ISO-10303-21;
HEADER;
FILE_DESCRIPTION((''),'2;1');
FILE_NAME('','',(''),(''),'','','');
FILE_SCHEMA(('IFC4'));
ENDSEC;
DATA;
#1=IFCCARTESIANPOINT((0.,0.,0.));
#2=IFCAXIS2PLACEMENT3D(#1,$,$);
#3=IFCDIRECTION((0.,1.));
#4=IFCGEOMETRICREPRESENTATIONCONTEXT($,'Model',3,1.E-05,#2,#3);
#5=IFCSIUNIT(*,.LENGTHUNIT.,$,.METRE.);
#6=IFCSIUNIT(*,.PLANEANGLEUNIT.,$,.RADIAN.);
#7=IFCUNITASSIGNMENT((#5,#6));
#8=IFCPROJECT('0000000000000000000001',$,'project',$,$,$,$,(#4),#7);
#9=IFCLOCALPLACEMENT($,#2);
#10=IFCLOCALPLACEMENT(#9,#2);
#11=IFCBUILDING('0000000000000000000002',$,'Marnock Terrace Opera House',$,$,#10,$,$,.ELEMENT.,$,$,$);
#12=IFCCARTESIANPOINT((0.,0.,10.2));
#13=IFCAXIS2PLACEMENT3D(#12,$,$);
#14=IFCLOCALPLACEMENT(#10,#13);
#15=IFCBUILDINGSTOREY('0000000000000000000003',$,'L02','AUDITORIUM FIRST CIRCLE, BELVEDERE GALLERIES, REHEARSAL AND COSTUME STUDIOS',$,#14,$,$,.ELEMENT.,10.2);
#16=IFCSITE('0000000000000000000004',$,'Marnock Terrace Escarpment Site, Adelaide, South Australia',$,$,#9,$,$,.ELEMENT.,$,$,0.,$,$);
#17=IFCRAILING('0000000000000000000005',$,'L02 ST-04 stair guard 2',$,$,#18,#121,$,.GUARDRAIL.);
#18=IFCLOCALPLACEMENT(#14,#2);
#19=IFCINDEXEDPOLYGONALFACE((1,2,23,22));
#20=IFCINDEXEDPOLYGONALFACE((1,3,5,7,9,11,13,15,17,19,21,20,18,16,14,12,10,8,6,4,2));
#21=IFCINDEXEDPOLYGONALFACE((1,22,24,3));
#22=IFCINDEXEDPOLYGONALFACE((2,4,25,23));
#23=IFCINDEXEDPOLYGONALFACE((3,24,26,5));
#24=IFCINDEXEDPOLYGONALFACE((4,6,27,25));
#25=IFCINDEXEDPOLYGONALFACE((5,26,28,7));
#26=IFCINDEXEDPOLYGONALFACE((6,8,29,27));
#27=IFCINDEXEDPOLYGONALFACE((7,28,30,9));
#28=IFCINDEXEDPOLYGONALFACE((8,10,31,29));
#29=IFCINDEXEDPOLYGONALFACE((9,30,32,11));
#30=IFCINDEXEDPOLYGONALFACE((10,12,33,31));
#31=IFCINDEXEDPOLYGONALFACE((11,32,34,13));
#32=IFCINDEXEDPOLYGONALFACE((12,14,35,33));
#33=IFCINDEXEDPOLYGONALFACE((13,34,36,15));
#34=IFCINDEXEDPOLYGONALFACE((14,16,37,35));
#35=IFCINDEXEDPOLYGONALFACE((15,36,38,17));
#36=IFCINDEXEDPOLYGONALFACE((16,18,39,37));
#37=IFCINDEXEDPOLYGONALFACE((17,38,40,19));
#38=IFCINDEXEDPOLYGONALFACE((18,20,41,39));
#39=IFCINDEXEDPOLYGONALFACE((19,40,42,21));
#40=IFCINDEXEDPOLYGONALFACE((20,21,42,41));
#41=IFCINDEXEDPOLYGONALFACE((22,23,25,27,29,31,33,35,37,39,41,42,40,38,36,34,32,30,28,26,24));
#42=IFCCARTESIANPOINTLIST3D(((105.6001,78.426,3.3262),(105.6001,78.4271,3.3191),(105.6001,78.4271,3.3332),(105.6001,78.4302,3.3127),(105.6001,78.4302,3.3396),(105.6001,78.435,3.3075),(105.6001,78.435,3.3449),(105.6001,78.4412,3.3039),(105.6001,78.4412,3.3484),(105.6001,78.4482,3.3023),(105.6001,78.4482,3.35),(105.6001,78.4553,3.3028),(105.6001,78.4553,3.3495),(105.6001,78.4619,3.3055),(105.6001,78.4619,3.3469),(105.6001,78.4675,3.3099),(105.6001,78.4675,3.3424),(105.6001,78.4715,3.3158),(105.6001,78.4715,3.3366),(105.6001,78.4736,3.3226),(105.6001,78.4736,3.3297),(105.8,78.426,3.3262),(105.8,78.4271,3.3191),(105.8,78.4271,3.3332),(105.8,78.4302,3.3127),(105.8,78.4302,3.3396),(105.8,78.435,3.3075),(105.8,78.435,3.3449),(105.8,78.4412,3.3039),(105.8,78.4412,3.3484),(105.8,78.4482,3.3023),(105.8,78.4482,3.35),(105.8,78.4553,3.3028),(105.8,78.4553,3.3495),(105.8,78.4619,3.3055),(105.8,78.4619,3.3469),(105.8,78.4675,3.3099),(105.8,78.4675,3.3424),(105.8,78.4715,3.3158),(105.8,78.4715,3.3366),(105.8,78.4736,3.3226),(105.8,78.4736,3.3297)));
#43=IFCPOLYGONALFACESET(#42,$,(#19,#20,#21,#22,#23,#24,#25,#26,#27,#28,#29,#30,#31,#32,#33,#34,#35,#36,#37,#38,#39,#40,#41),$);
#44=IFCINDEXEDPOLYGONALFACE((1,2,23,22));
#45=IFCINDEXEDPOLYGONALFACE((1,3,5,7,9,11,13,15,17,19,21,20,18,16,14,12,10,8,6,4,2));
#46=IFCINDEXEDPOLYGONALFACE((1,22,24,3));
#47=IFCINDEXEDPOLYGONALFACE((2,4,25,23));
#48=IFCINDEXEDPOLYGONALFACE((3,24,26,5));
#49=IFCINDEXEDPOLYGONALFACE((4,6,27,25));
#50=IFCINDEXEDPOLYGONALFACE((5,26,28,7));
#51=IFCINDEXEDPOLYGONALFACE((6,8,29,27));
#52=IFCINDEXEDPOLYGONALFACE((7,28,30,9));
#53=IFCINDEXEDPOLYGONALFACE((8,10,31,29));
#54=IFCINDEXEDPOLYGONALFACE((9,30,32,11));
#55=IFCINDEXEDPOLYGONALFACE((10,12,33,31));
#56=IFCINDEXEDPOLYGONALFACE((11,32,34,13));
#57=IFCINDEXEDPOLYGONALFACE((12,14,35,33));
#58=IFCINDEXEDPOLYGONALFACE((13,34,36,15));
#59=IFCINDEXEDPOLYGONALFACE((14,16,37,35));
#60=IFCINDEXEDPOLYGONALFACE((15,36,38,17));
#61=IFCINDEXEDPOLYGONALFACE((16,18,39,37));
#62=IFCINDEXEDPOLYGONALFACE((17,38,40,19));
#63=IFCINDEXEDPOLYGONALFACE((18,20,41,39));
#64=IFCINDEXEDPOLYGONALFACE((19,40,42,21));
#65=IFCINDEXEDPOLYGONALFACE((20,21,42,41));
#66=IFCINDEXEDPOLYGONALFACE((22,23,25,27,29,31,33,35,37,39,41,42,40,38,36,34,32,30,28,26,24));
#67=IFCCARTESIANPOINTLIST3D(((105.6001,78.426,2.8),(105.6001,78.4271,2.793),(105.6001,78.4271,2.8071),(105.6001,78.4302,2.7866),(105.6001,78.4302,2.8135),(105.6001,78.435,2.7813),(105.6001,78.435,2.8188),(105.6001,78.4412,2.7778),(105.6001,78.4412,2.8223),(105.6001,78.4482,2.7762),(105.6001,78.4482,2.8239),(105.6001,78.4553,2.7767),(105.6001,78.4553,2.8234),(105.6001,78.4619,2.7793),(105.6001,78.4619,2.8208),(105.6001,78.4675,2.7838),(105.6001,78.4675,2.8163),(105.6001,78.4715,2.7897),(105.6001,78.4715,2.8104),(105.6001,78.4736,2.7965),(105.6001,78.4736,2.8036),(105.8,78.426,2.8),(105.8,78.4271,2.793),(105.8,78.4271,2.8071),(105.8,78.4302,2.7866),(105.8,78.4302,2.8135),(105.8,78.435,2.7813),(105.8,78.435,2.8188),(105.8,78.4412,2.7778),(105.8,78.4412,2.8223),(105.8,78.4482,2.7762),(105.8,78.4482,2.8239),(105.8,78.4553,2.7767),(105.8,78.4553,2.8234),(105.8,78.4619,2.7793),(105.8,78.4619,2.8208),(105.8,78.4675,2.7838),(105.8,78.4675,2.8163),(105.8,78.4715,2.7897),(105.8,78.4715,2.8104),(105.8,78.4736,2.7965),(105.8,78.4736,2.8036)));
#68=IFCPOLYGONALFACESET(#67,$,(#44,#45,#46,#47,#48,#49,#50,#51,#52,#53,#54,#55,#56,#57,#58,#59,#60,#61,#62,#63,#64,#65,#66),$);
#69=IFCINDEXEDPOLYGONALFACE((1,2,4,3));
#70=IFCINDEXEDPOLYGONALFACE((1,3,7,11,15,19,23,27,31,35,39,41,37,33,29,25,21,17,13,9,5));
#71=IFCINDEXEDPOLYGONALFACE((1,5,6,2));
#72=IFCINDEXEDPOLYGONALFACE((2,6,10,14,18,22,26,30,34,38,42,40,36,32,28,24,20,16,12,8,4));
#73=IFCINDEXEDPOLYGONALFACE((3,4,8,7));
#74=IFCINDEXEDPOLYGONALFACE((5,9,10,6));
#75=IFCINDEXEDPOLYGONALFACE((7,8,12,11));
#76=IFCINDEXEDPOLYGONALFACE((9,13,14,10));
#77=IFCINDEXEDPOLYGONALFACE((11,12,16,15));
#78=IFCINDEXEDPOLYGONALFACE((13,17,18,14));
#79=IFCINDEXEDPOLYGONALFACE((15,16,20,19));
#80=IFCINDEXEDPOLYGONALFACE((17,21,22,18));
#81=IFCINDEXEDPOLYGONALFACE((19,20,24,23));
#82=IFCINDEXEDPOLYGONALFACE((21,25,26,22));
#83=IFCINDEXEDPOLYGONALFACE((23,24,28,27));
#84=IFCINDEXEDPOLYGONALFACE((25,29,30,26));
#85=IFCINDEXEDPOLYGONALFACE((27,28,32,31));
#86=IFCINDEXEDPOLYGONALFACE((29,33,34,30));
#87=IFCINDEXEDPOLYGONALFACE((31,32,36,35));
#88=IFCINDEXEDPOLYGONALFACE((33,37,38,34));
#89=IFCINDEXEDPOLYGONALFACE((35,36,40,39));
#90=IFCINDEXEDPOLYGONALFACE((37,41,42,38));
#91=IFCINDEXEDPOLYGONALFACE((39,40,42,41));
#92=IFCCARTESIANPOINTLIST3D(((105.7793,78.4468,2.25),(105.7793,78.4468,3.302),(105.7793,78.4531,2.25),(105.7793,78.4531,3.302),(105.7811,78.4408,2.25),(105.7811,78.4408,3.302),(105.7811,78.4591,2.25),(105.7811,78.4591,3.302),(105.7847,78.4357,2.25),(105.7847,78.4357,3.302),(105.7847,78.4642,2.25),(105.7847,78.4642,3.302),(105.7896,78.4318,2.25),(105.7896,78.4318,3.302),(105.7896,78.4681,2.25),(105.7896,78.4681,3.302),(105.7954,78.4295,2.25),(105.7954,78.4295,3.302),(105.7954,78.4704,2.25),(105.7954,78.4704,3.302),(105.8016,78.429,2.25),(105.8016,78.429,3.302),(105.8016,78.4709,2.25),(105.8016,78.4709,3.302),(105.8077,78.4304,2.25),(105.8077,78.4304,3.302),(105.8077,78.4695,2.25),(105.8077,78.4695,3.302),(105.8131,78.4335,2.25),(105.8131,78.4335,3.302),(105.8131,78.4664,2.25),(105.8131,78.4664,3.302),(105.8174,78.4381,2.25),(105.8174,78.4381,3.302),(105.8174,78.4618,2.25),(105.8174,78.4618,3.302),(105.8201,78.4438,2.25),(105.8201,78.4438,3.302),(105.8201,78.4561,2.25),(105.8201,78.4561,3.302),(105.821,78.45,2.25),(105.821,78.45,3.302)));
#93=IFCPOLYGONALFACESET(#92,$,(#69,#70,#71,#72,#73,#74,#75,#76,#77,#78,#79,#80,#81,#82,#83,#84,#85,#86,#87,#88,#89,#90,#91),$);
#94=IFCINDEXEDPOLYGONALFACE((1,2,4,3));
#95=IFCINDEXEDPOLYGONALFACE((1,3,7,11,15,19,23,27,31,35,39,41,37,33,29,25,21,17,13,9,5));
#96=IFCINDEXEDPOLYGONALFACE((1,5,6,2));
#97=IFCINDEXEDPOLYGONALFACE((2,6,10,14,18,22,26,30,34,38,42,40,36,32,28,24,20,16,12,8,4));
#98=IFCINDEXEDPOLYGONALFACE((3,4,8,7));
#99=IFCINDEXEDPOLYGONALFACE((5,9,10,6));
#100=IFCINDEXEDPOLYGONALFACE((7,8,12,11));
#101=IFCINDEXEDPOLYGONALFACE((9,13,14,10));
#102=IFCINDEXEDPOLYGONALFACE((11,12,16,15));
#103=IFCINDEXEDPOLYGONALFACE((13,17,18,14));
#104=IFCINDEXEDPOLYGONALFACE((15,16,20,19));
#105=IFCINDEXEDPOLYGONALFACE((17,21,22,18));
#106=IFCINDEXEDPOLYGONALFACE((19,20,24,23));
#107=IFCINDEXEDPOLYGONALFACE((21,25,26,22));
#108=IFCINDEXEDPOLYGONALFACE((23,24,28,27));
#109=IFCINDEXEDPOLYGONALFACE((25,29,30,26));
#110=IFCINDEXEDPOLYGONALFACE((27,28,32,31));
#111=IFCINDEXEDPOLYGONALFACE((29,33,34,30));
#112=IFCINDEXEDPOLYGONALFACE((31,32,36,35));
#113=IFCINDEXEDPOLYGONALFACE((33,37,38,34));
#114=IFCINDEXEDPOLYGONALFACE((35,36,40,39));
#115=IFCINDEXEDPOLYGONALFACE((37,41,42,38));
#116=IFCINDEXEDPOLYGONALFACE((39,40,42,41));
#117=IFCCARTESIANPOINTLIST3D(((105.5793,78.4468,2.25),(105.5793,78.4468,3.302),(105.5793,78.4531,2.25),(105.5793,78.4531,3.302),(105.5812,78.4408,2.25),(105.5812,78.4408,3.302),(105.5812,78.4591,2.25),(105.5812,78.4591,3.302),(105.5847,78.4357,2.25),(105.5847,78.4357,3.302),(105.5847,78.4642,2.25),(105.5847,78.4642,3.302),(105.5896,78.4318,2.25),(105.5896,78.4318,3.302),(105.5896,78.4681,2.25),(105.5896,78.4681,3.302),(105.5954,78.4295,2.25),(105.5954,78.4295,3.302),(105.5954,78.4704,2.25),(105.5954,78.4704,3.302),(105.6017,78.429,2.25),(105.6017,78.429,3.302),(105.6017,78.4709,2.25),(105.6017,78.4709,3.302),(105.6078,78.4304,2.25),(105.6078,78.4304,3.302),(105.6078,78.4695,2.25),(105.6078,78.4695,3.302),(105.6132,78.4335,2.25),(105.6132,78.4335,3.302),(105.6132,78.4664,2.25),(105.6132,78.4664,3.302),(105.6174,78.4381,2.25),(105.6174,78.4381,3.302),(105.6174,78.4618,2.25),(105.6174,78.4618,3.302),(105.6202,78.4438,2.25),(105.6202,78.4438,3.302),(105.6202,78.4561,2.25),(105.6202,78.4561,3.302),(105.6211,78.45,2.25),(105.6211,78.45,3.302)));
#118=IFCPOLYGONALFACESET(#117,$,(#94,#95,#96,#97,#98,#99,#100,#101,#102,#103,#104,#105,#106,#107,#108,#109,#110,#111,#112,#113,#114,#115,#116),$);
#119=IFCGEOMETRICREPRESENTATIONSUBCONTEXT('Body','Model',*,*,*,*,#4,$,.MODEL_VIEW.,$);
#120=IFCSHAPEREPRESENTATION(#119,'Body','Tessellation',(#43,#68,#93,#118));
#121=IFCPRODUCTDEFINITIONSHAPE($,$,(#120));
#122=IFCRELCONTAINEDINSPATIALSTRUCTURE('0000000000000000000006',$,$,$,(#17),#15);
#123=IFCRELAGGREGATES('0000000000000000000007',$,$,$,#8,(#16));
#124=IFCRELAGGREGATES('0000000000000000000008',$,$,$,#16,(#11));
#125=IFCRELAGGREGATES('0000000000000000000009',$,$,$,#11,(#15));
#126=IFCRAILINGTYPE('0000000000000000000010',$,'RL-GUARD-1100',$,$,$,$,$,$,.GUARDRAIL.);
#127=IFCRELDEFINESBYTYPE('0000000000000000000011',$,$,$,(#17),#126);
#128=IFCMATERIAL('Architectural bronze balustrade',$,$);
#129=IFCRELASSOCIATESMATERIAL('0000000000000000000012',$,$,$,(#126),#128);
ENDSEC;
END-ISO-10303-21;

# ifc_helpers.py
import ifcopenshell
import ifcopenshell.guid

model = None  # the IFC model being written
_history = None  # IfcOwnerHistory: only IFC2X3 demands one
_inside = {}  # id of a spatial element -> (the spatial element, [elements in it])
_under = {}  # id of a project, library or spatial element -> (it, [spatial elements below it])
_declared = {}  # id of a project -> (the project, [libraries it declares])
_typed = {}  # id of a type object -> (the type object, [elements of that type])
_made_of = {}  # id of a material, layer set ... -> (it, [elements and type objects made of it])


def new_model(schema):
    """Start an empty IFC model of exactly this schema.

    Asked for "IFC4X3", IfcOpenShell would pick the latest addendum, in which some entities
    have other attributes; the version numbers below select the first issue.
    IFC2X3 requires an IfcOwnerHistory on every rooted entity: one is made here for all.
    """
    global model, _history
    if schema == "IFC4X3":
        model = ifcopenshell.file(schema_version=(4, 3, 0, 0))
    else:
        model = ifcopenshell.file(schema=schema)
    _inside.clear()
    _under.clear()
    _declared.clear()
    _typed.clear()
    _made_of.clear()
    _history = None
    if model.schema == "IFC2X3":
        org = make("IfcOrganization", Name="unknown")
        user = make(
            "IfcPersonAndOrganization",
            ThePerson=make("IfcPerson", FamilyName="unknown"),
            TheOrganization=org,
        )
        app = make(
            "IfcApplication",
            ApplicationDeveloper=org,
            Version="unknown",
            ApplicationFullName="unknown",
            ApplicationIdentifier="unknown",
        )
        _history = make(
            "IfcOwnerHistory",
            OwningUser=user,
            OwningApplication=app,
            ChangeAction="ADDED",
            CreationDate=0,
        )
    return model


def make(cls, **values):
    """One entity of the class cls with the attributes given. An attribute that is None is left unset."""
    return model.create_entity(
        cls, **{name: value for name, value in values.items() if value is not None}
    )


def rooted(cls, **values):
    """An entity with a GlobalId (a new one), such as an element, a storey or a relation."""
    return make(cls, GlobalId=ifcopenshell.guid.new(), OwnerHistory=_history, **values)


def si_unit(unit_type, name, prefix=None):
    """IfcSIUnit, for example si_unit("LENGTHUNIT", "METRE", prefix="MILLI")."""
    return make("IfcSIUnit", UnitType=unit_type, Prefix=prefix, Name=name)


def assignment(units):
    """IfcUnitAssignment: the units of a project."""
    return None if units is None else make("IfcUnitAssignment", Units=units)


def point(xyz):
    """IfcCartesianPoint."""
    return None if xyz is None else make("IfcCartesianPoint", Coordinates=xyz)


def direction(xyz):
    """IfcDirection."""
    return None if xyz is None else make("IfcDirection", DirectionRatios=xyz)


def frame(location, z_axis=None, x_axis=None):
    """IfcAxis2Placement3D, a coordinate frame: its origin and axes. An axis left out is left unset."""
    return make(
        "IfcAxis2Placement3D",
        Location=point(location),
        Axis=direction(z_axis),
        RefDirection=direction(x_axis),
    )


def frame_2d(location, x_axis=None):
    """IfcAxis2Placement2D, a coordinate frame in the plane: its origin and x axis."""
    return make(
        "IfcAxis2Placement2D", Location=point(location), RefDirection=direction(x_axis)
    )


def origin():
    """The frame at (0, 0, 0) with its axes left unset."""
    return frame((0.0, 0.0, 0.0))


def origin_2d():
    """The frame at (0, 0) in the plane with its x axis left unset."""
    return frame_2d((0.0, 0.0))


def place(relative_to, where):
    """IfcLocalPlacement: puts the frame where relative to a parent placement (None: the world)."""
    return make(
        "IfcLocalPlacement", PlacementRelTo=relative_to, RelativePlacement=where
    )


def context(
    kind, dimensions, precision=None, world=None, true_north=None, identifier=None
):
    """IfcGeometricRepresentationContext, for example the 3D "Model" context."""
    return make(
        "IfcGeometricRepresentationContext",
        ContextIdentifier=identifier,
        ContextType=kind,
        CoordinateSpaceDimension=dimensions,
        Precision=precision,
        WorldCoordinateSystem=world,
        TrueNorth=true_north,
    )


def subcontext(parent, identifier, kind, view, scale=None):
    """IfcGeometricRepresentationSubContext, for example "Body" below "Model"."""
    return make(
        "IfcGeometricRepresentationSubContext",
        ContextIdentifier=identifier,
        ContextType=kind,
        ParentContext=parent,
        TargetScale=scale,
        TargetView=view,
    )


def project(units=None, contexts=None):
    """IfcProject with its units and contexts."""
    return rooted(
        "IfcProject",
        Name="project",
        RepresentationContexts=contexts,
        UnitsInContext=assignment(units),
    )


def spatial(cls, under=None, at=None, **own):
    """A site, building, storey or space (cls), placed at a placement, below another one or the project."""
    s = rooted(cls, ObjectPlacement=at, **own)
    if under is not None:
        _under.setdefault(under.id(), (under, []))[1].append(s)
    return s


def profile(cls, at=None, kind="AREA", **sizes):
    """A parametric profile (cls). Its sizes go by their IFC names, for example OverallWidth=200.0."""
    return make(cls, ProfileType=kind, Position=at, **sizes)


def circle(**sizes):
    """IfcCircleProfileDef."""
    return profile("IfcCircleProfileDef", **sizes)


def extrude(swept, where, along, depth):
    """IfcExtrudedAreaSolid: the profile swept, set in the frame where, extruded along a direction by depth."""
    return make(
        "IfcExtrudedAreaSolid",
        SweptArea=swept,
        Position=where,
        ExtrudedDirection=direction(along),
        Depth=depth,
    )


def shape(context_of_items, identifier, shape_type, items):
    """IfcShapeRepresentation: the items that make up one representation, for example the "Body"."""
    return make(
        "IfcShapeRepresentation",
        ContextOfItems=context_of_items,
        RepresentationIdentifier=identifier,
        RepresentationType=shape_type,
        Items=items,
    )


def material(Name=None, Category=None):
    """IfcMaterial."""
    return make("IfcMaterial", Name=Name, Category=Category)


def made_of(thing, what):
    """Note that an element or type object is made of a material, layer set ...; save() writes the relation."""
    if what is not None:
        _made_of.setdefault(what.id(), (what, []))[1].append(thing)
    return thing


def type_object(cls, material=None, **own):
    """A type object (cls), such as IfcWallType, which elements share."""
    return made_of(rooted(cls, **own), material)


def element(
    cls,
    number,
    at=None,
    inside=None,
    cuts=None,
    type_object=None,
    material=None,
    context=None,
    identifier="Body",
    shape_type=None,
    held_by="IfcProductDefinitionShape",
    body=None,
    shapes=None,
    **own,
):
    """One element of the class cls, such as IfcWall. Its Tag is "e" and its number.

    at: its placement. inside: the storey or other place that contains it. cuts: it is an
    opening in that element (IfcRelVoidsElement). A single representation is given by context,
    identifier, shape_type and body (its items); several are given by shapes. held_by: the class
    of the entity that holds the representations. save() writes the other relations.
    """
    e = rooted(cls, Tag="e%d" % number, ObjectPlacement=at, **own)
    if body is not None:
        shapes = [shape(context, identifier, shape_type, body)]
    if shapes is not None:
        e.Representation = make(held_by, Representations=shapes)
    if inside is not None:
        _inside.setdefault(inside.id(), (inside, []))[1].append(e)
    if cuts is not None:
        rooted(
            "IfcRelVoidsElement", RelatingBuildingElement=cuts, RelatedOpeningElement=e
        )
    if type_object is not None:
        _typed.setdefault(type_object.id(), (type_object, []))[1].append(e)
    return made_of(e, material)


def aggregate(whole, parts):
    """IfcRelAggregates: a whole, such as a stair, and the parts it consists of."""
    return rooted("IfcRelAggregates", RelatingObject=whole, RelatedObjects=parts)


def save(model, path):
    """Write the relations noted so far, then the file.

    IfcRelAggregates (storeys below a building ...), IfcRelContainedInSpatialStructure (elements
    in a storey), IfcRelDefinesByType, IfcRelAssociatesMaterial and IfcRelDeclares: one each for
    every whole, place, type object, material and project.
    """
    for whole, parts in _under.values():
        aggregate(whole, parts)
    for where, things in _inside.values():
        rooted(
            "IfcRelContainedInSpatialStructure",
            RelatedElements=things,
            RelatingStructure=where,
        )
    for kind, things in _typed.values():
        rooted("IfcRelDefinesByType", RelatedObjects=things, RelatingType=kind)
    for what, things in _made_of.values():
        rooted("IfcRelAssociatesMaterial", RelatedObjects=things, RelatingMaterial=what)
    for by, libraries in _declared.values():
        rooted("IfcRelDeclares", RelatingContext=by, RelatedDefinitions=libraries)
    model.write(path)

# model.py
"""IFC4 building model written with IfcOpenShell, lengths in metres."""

from ifc_helpers import new_model, si_unit, direction, frame, origin, origin_2d, place, context, subcontext, project, spatial, circle, extrude, material, type_object, element, save


model = new_model("IFC4")

# Units and contexts
model_context = context("Model", 3, precision=1e-05, world=origin(), true_north=direction((0.0, 1.0)))
body_context = subcontext(model_context, "Body", "Model", "MODEL_VIEW")
ifc_project = project(units=[si_unit("LENGTHUNIT", "METRE"), si_unit("PLANEANGLEUNIT", "RADIAN")], contexts=[model_context])

# Site, building, storey
site_placement = place(None, origin())
site = spatial("IfcSite", under=ifc_project, at=site_placement, Name="Marnock Terrace Escarpment Site, Adelaide, South Australia", CompositionType="ELEMENT", RefElevation=0.0)
building_placement = place(site_placement, origin())
building = spatial("IfcBuilding", under=site, at=building_placement, Name="Marnock Terrace Opera House", CompositionType="ELEMENT")
storey_placement = place(building_placement, frame((0.0, 0.0, 10.2)))
storey = spatial("IfcBuildingStorey", under=building, at=storey_placement, Name="L02", Description="AUDITORIUM FIRST CIRCLE, BELVEDERE GALLERIES, REHEARSAL AND COSTUME STUDIOS", CompositionType="ELEMENT", Elevation=10.2)

# Railing
ifc_material_1 = material(Name="Architectural bronze balustrade")
railing_type_1 = type_object("IfcRailingType", Name="RL-GUARD-1100", PredefinedType="GUARDRAIL", material=ifc_material_1)
railing_1_placement = place(storey_placement, frame((105.8, 78.45, 2.25)))
element("IfcRailing", 1, at=railing_1_placement, inside=storey, type_object=railing_type_1, Name="L02 ST-04 stair guard 2", PredefinedType="GUARDRAIL", context=body_context, shape_type="SweptSolid", body=[
    extrude(circle(Radius=0.0239, at=origin_2d()), frame((0.0, 0.0, 1.0762), z_axis=(-1.0, 0.0, 0.0), x_axis=(0.0, -1.0, 0.0)), (0.0, 0.0, 1.0), 0.2),
    extrude(circle(Radius=0.0239, at=origin_2d()), frame((0.0, 0.0, 0.55), z_axis=(-1.0, 0.0, 0.0), x_axis=(0.0, -1.0, 0.0)), (0.0, 0.0, 1.0), 0.2),
    extrude(circle(Radius=0.021, at=origin_2d()), origin(), (0.0, 0.0, 1.0), 1.052),
    extrude(circle(Radius=0.021, at=origin_2d()), frame((-0.2, 0.0, 0.0)), (0.0, 0.0, 1.0), 1.052),
])

save(model, "model.ifc")
